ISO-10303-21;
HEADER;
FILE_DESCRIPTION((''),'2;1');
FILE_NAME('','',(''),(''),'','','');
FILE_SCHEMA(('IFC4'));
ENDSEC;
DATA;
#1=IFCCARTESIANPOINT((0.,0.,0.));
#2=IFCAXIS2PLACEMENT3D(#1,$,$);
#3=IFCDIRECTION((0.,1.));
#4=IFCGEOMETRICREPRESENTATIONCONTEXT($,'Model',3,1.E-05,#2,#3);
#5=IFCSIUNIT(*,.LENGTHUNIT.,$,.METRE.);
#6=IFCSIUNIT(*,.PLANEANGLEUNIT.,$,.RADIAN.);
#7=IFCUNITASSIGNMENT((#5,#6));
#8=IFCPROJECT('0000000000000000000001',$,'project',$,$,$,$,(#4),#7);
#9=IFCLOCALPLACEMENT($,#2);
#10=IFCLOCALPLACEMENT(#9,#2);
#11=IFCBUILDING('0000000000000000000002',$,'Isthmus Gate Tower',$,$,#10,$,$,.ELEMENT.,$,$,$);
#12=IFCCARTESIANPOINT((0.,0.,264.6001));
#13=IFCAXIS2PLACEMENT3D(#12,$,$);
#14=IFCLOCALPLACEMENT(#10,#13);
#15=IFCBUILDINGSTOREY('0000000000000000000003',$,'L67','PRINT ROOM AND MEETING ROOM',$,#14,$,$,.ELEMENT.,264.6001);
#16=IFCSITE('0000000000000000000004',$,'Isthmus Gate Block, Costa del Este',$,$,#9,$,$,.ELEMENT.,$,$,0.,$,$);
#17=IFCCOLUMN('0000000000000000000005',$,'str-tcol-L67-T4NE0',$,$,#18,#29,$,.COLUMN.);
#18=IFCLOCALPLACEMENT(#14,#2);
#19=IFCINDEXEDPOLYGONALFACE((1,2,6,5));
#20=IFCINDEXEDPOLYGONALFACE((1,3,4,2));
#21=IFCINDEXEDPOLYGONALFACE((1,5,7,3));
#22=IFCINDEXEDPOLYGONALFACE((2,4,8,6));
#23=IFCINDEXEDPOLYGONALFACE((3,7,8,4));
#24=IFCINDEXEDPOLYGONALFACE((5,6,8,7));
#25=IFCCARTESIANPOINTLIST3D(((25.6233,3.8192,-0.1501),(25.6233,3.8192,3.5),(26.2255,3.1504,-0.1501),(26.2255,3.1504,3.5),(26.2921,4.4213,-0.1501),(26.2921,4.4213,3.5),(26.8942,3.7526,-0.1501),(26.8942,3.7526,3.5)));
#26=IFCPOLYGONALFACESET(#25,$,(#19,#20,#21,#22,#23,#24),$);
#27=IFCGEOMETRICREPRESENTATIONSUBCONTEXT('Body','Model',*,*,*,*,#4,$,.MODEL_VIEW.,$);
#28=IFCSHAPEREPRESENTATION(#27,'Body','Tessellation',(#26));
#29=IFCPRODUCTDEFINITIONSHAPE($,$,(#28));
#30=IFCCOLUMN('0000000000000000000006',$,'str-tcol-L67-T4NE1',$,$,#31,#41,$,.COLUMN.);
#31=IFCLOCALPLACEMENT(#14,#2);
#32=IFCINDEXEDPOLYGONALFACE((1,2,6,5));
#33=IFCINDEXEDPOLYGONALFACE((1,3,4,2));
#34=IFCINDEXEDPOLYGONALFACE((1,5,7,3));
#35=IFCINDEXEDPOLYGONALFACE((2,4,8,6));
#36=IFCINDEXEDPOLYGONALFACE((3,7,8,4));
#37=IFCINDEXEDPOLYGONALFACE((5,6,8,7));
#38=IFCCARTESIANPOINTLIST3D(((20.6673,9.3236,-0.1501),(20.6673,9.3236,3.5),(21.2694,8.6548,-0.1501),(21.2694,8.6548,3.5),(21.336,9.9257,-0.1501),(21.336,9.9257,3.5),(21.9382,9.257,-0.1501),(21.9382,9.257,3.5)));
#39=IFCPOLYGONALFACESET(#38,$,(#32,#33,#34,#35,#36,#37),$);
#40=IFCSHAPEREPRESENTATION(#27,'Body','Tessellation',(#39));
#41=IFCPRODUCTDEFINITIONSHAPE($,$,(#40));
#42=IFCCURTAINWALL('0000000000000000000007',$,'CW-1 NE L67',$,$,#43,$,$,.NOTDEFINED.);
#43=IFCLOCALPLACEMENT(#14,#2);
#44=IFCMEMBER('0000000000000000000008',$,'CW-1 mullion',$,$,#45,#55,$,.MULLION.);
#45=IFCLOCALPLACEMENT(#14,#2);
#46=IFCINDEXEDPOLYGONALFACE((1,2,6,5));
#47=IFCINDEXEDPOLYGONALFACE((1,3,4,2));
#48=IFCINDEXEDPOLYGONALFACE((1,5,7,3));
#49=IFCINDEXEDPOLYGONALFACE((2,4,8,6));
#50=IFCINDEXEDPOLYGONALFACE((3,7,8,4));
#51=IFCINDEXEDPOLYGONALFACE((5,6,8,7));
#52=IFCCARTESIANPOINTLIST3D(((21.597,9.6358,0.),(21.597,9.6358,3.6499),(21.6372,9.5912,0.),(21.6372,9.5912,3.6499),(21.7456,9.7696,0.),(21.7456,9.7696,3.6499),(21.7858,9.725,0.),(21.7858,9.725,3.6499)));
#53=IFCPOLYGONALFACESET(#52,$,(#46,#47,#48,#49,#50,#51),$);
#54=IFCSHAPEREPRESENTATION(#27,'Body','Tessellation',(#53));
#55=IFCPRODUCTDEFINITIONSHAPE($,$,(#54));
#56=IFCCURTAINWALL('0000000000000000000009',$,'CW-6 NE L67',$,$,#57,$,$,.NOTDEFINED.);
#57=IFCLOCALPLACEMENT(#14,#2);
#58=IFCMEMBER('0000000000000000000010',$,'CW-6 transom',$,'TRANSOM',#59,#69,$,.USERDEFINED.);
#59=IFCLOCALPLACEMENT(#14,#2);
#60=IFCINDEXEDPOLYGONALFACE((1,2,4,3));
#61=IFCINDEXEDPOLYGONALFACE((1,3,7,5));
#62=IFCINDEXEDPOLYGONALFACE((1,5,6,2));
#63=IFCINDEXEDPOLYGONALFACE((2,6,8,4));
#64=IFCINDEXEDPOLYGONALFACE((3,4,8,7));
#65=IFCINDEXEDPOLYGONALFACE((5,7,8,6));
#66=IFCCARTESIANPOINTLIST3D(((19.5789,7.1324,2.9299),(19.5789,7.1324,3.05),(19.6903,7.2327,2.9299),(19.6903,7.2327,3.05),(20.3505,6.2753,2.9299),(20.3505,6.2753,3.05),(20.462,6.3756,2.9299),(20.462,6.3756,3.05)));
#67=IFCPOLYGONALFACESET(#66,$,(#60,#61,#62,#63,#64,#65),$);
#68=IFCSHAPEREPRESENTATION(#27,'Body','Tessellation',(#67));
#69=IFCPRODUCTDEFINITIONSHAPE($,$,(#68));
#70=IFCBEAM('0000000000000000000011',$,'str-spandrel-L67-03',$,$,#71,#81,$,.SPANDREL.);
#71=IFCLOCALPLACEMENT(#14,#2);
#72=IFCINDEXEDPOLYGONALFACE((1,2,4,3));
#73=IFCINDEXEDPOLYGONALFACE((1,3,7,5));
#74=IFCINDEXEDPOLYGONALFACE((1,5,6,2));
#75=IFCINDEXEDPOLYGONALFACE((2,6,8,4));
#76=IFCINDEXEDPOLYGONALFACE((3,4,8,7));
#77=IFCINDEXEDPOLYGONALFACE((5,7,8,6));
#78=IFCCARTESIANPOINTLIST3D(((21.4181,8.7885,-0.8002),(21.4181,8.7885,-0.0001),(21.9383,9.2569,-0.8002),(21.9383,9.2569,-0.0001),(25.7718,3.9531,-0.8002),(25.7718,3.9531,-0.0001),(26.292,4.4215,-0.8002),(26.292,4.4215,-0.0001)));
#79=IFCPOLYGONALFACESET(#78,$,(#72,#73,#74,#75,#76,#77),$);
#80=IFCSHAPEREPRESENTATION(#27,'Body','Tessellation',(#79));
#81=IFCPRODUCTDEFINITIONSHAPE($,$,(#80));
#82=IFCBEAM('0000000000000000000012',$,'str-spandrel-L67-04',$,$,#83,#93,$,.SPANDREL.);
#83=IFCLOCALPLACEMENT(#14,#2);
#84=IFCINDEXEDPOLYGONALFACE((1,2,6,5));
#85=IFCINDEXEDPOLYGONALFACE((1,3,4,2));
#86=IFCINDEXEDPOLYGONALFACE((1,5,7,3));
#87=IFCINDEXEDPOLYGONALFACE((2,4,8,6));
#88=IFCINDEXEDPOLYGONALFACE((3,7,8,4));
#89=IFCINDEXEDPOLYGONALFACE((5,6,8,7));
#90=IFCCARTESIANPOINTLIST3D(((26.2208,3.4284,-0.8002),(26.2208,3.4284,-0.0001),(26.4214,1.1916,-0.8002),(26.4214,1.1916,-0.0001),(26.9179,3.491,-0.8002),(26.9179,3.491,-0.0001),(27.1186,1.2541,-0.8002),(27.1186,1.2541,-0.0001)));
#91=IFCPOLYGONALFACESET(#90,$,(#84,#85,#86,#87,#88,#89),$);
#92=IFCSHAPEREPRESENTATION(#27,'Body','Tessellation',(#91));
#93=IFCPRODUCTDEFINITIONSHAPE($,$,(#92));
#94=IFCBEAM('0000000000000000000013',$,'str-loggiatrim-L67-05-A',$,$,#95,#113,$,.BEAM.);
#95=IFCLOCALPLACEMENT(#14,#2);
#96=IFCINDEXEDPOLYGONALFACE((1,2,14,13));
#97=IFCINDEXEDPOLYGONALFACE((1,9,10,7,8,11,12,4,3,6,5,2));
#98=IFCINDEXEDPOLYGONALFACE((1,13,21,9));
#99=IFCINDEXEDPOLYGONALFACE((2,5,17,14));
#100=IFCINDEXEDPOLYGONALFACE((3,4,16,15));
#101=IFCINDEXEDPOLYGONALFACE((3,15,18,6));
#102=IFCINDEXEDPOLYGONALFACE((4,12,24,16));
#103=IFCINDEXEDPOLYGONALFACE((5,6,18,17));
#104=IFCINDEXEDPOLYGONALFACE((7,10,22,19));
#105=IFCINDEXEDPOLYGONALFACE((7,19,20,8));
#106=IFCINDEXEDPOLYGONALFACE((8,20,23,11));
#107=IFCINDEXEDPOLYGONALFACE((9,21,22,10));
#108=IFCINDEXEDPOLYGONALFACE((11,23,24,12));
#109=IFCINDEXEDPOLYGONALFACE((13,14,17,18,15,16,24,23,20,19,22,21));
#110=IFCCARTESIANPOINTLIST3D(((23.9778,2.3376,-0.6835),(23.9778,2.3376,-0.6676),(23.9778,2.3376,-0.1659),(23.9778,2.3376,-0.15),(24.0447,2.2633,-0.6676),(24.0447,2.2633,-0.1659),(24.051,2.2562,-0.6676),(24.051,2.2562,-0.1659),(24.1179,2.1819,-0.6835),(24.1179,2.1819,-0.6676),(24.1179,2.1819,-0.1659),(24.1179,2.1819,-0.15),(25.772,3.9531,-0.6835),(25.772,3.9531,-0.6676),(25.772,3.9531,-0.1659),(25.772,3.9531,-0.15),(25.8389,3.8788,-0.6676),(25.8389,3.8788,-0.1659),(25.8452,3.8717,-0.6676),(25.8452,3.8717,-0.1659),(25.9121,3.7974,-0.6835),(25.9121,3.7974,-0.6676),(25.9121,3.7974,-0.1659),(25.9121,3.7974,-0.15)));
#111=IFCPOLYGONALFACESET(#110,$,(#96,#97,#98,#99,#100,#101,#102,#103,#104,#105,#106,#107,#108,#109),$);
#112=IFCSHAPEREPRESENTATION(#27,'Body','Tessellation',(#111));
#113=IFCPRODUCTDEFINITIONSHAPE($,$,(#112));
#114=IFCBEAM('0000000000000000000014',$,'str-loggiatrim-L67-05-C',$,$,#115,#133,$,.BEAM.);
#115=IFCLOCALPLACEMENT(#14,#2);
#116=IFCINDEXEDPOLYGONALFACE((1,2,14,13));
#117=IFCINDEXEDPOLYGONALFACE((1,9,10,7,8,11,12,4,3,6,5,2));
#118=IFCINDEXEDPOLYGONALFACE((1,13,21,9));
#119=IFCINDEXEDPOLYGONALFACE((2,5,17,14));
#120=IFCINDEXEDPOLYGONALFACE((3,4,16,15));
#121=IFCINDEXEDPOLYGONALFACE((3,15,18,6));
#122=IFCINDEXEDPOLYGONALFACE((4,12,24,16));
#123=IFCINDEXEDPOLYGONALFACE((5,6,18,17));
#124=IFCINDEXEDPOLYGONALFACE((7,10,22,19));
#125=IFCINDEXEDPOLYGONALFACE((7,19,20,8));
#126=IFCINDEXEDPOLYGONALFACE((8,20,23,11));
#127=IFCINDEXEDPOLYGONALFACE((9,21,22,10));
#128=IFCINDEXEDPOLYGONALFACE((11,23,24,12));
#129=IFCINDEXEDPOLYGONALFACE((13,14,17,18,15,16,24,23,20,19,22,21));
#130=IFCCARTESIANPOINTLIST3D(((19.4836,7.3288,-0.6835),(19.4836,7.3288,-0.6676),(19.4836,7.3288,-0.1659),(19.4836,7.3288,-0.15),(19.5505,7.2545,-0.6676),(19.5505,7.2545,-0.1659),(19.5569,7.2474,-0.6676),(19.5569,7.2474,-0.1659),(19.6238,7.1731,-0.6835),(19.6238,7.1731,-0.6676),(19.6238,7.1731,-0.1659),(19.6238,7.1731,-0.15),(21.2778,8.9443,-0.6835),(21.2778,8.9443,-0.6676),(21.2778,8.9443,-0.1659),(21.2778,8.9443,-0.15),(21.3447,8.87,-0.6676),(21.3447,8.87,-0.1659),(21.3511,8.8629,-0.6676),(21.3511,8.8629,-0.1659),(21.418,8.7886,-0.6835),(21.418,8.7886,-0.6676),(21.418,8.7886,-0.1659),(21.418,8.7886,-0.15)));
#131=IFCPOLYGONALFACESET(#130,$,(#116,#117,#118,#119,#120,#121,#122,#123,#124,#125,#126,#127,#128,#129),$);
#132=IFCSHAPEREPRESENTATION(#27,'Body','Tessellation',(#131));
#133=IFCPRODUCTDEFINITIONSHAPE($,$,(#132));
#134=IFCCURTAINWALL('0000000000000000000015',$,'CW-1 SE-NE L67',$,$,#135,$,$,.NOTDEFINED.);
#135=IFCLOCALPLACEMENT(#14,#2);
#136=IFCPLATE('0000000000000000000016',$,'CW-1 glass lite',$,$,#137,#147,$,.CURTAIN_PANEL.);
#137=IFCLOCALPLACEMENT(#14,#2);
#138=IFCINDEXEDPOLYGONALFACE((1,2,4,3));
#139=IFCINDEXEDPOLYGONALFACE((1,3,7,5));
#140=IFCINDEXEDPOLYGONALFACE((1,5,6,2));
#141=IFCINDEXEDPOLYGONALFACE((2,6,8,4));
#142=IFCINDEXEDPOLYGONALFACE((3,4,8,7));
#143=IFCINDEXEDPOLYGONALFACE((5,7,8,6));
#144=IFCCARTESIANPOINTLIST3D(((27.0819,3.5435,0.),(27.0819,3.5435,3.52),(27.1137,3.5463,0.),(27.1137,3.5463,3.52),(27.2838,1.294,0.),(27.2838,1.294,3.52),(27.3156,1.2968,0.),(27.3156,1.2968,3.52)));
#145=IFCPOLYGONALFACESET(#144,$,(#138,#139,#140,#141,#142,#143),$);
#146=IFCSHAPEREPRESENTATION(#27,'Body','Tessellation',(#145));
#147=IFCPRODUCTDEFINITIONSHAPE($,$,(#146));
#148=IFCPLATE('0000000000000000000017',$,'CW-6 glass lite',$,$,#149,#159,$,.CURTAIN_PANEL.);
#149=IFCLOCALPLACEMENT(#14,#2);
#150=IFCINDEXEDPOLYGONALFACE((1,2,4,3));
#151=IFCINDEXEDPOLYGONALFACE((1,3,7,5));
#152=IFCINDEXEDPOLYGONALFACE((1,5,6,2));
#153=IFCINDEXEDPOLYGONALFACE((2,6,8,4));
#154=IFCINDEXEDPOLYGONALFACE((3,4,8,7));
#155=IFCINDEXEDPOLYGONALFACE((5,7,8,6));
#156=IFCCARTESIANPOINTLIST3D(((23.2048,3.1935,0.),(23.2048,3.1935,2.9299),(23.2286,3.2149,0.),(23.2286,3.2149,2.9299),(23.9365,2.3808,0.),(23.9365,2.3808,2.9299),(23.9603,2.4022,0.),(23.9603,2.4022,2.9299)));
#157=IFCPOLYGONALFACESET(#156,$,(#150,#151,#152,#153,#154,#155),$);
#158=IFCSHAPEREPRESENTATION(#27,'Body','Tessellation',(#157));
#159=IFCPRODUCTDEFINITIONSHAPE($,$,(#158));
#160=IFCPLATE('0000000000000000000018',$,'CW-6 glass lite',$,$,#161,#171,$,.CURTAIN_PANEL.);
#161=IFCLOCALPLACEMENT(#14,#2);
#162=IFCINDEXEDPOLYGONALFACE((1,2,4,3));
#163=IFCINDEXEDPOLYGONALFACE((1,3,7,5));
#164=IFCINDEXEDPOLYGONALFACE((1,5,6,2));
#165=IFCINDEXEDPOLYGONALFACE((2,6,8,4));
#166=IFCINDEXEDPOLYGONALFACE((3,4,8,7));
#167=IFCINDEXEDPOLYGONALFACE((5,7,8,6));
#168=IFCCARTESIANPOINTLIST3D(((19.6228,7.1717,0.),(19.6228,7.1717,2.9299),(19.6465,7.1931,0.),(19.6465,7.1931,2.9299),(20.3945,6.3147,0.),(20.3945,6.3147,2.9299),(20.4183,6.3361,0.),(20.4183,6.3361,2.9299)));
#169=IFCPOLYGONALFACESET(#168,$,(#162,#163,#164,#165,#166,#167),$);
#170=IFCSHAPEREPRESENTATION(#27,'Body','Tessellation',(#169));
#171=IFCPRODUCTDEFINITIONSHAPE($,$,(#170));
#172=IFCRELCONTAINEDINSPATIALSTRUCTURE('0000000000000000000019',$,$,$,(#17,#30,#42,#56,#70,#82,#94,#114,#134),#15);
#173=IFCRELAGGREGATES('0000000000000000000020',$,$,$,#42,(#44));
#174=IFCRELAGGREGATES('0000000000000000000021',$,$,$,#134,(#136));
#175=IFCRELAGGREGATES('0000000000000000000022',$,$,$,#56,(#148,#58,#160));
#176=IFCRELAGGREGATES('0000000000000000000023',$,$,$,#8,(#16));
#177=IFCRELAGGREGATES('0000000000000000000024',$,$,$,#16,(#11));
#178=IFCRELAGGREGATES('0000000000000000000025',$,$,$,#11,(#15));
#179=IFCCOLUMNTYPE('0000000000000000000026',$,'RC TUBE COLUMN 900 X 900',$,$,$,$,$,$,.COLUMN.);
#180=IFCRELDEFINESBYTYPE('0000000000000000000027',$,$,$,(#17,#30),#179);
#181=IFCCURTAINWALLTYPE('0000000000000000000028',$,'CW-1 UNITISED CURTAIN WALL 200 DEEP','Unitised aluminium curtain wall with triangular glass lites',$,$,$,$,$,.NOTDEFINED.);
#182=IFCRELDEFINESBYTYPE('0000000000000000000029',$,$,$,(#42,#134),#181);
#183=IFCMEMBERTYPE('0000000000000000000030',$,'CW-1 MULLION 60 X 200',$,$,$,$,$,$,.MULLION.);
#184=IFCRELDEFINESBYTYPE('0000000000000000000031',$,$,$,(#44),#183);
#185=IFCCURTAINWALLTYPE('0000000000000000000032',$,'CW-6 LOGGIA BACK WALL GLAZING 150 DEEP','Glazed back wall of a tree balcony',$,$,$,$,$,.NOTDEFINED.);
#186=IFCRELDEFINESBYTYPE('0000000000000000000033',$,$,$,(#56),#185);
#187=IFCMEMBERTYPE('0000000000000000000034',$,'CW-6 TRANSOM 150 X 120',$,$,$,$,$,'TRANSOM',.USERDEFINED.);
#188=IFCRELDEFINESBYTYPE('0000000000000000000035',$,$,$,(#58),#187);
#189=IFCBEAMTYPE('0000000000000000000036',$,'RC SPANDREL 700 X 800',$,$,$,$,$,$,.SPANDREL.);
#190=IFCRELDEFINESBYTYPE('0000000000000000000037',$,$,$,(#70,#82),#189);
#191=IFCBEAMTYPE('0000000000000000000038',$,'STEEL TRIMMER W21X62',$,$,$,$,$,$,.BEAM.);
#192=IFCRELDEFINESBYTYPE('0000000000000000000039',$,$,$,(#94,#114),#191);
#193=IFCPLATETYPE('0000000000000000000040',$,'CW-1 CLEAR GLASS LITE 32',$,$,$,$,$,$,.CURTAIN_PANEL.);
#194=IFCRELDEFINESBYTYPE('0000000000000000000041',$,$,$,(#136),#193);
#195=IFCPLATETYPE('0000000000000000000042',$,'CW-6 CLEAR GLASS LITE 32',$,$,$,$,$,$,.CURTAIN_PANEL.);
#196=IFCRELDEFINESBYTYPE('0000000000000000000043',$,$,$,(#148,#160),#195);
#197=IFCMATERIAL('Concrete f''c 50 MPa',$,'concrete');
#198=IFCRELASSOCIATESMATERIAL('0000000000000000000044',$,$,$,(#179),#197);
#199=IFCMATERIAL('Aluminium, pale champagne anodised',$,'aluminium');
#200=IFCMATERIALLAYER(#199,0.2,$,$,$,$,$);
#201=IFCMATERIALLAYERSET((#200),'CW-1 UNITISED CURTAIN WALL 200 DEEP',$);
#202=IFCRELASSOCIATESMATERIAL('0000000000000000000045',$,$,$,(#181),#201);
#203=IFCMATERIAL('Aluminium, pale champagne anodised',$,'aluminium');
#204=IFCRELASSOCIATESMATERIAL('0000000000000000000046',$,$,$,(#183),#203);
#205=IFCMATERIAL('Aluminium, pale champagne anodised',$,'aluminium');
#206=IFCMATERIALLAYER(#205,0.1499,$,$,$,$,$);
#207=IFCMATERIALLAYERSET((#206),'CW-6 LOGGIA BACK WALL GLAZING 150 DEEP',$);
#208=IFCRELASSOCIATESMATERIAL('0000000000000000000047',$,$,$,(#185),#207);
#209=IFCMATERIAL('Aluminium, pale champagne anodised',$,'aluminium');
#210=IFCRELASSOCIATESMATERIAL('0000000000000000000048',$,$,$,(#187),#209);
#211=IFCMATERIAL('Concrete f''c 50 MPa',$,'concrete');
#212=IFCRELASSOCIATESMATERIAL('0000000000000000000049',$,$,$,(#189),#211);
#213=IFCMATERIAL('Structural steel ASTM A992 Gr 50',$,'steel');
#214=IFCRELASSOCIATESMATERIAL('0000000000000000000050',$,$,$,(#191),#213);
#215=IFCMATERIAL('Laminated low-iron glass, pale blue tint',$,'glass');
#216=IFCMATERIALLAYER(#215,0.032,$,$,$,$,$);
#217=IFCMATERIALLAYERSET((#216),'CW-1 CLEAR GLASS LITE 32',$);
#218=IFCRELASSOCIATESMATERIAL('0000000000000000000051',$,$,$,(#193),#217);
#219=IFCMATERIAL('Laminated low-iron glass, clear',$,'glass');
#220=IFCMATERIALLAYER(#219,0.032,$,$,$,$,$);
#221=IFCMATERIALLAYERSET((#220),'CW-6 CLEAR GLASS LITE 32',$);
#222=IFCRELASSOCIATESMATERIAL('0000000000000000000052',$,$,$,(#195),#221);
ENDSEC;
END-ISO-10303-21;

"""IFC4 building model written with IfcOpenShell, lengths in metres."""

from ifc_helpers import new_model, si_unit, direction, frame, origin, origin_2d, place, context, subcontext, project, spatial, rectangle, i_section, extrude, material, layer, layer_set, material_profile, profile_set, type_object, element, aggregate, save


model = new_model("IFC4")

# Units and contexts
model_context = context("Model", 3, precision=1e-05, world=origin(), true_north=direction((0.0, 1.0)))
body_context = subcontext(model_context, "Body", "Model", "MODEL_VIEW")
ifc_project = project(units=[si_unit("LENGTHUNIT", "METRE"), si_unit("PLANEANGLEUNIT", "RADIAN")], contexts=[model_context])

# Site, building, storey
site_placement = place(None, origin())
site = spatial("IfcSite", under=ifc_project, at=site_placement, Name="Isthmus Gate Block, Costa del Este", CompositionType="ELEMENT", RefElevation=0.0)
building_placement = place(site_placement, origin())
building = spatial("IfcBuilding", under=site, at=building_placement, Name="Isthmus Gate Tower", CompositionType="ELEMENT")
storey_placement = place(building_placement, frame((0.0, 0.0, 264.6001)))
storey = spatial("IfcBuildingStorey", under=building, at=storey_placement, Name="L67", Description="PRINT ROOM AND MEETING ROOM", CompositionType="ELEMENT", Elevation=264.6001)

# Columns
ifc_material_1 = material(Name="Concrete f'c 50 MPa", Category="concrete")
ifc_material_profile_1 = material_profile(ifc_material_1, rectangle(XDim=0.8999, YDim=0.8999, at=origin_2d()), Name="RC 900X900")
ifc_profile_set_1 = profile_set([ifc_material_profile_1], Name="Concrete f'c 50 MPa")
column_type = type_object("IfcColumnType", Name="RC TUBE COLUMN 900 X 900", PredefinedType="COLUMN", material=ifc_profile_set_1)
for number, where, z_axis, x_axis, name in (
    (1, (26.2588, 3.7859, -0.1501), (0.0, 0.0, 1.0), (-0.669131, 0.743145, 0.0), "str-tcol-L67-T4NE0"),
    (2, (21.3027, 9.2903, -0.1501), (0.0, 0.0, 1.0), (-0.669131, 0.743145, 0.0), "str-tcol-L67-T4NE1"),
):
    element("IfcColumn", number, at=place(storey_placement, frame(where, z_axis=z_axis, x_axis=x_axis)), inside=storey, type_object=column_type, Name=name, PredefinedType="COLUMN", context=body_context, shape_type="SweptSolid", body=[
        extrude(rectangle(XDim=0.8999, YDim=0.8999, at=origin_2d()), origin(), (0.0, 0.0, 1.0), 3.6501),
    ])

# Curtain walls, members
ifc_material_2 = material(Name="Aluminium, pale champagne anodised", Category="aluminium")
ifc_layer_1 = layer(ifc_material_2, 0.2)
ifc_layer_set_1 = layer_set([ifc_layer_1], Name="CW-1 UNITISED CURTAIN WALL 200 DEEP")
curtain_wall_type_1 = type_object("IfcCurtainWallType", Name="CW-1 UNITISED CURTAIN WALL 200 DEEP", Description="Unitised aluminium curtain wall with triangular glass lites", PredefinedType="NOTDEFINED", material=ifc_layer_set_1)
curtain_wall_1_placement = place(storey_placement, origin())
curtain_wall_1 = element("IfcCurtainWall", 3, at=curtain_wall_1_placement, inside=storey, type_object=curtain_wall_type_1, Name="CW-1 NE L67", PredefinedType="NOTDEFINED")
ifc_material_3 = material(Name="Aluminium, pale champagne anodised", Category="aluminium")
ifc_material_profile_2 = material_profile(ifc_material_3, rectangle(XDim=0.0601, YDim=0.2, at=origin_2d()), Name="60x200")
ifc_profile_set_2 = profile_set([ifc_material_profile_2], Name="Aluminium, pale champagne anodised")
member_type_1 = type_object("IfcMemberType", Name="CW-1 MULLION 60 X 200", PredefinedType="MULLION", material=ifc_profile_set_2)
member_1_placement = place(storey_placement, frame((21.6914, 9.6804, 0.0), z_axis=(0.0, 0.0, 1.0), x_axis=(-0.669131, 0.743145, 0.0)))
member_1 = element("IfcMember", 4, at=member_1_placement, type_object=member_type_1, Name="CW-1 mullion", PredefinedType="MULLION", context=body_context, shape_type="SweptSolid", body=[
    extrude(rectangle(XDim=0.0601, YDim=0.2, at=origin_2d()), origin(), (0.0, 0.0, 1.0), 3.6499),
])
aggregate(curtain_wall_1, [member_1])
ifc_material_4 = material(Name="Aluminium, pale champagne anodised", Category="aluminium")
ifc_layer_2 = layer(ifc_material_4, 0.1499)
ifc_layer_set_2 = layer_set([ifc_layer_2], Name="CW-6 LOGGIA BACK WALL GLAZING 150 DEEP")
curtain_wall_type_2 = type_object("IfcCurtainWallType", Name="CW-6 LOGGIA BACK WALL GLAZING 150 DEEP", Description="Glazed back wall of a tree balcony", PredefinedType="NOTDEFINED", material=ifc_layer_set_2)
curtain_wall_2_placement = place(storey_placement, origin())
curtain_wall_2 = element("IfcCurtainWall", 5, at=curtain_wall_2_placement, inside=storey, type_object=curtain_wall_type_2, Name="CW-6 NE L67", PredefinedType="NOTDEFINED")
ifc_material_5 = material(Name="Aluminium, pale champagne anodised", Category="aluminium")
ifc_material_profile_3 = material_profile(ifc_material_5, rectangle(XDim=0.1499, YDim=0.1201, at=origin_2d()), Name="150x120")
ifc_profile_set_3 = profile_set([ifc_material_profile_3], Name="Aluminium, pale champagne anodised")
member_type_2 = type_object("IfcMemberType", Name="CW-6 TRANSOM 150 X 120", ElementType="TRANSOM", PredefinedType="USERDEFINED", material=ifc_profile_set_3)
member_2_placement = place(storey_placement, frame((20.4062, 6.3254, 2.99), z_axis=(-0.669093, 0.743178, 0.0), x_axis=(-0.743178, -0.669093, 0.0)))
member_2 = element("IfcMember", 6, at=member_2_placement, type_object=member_type_2, Name="CW-6 transom", ObjectType="TRANSOM", PredefinedType="USERDEFINED", context=body_context, shape_type="SweptSolid", body=[
    extrude(rectangle(XDim=0.1499, YDim=0.1201, at=origin_2d()), origin(), (0.0, 0.0, 1.0), 1.1533),
])

# Beams
ifc_material_6 = material(Name="Concrete f'c 50 MPa", Category="concrete")
ifc_material_profile_4 = material_profile(ifc_material_6, rectangle(XDim=0.7, YDim=0.8, at=origin_2d()), Name="RC 700X800")
ifc_profile_set_4 = profile_set([ifc_material_profile_4], Name="Concrete f'c 50 MPa")
beam_type_1 = type_object("IfcBeamType", Name="RC SPANDREL 700 X 800", PredefinedType="SPANDREL", material=ifc_profile_set_4)
beam_1_placement = place(storey_placement, frame((21.6782, 9.0227, -0.4001), z_axis=(0.669122, -0.743152, 0.0), x_axis=(0.743152, 0.669122, 0.0)))
element("IfcBeam", 7, at=beam_1_placement, inside=storey, type_object=beam_type_1, Name="str-spandrel-L67-03", PredefinedType="SPANDREL", context=body_context, shape_type="SweptSolid", body=[
    extrude(rectangle(XDim=0.7, YDim=0.8, at=origin_2d()), origin(), (0.0, 0.0, 1.0), 6.5066),
])
beam_2_placement = place(storey_placement, frame((26.5693, 3.4597, -0.4001), z_axis=(0.089359, -0.995999, 0.0), x_axis=(0.995999, 0.089359, 0.0)))
element("IfcBeam", 8, at=beam_2_placement, inside=storey, type_object=beam_type_1, Name="str-spandrel-L67-04", PredefinedType="SPANDREL", context=body_context, shape_type="SweptSolid", body=[
    extrude(rectangle(XDim=0.7, YDim=0.8, at=origin_2d()), origin(), (0.0, 0.0, 1.0), 2.2458),
])
ifc_material_7 = material(Name="Structural steel ASTM A992 Gr 50", Category="steel")
ifc_material_profile_5 = material_profile(ifc_material_7, i_section(OverallWidth=0.2095, OverallDepth=0.5334, WebThickness=0.0095, FlangeThickness=0.0159, at=origin_2d()), Name="W21X62")
ifc_profile_set_5 = profile_set([ifc_material_profile_5], Name="Structural steel ASTM A992 Gr 50")
beam_type_2 = type_object("IfcBeamType", Name="STEEL TRIMMER W21X62", PredefinedType="BEAM", material=ifc_profile_set_5)
for number, where, z_axis, x_axis, name in (
    (9, (25.842, 3.8752, -0.4167), (-0.743148, -0.669127, 0.0), (0.669127, -0.743148, 0.0), "str-loggiatrim-L67-05-A"),
    (10, (21.3479, 8.8665, -0.4167), (-0.743148, -0.669127, 0.0), (0.669127, -0.743148, 0.0), "str-loggiatrim-L67-05-C"),
):
    element("IfcBeam", number, at=place(storey_placement, frame(where, z_axis=z_axis, x_axis=x_axis)), inside=storey, type_object=beam_type_2, Name=name, PredefinedType="BEAM", context=body_context, shape_type="SweptSolid", body=[
        extrude(i_section(OverallWidth=0.2095, OverallDepth=0.5334, WebThickness=0.0095, FlangeThickness=0.0159, at=origin_2d()), origin(), (0.0, 0.0, 1.0), 2.4143),
    ])

# Curtain wall, plate
curtain_wall_3_placement = place(storey_placement, origin())
curtain_wall_3 = element("IfcCurtainWall", 11, at=curtain_wall_3_placement, inside=storey, type_object=curtain_wall_type_1, Name="CW-1 SE-NE L67", PredefinedType="NOTDEFINED")
ifc_material_8 = material(Name="Laminated low-iron glass, pale blue tint", Category="glass")
ifc_layer_3 = layer(ifc_material_8, 0.032)
ifc_layer_set_3 = layer_set([ifc_layer_3], Name="CW-1 CLEAR GLASS LITE 32")
plate_type_1 = type_object("IfcPlateType", Name="CW-1 CLEAR GLASS LITE 32", PredefinedType="CURTAIN_PANEL", material=ifc_layer_set_3)
plate_1_placement = place(storey_placement, frame((27.1987, 2.4202, 0.0), z_axis=(0.0, 0.0, 1.0), x_axis=(-0.089397, 0.995996, 0.0)))
plate_1 = element("IfcPlate", 12, at=plate_1_placement, type_object=plate_type_1, Name="CW-1 glass lite", PredefinedType="CURTAIN_PANEL", context=body_context, shape_type="SweptSolid", body=[
    extrude(rectangle(XDim=2.2585, YDim=0.032, at=origin_2d()), origin(), (0.0, 0.0, 1.0), 3.52),
])
aggregate(curtain_wall_3, [plate_1])

# Plates
ifc_material_9 = material(Name="Laminated low-iron glass, clear", Category="glass")
ifc_layer_4 = layer(ifc_material_9, 0.032)
ifc_layer_set_4 = layer_set([ifc_layer_4], Name="CW-6 CLEAR GLASS LITE 32")
plate_type_2 = type_object("IfcPlateType", Name="CW-6 CLEAR GLASS LITE 32", PredefinedType="CURTAIN_PANEL", material=ifc_layer_set_4)
plate_2_placement = place(storey_placement, frame((23.5825, 2.7979, 0.0), z_axis=(0.0, 0.0, 1.0), x_axis=(-0.669131, 0.743145, 0.0)))
plate_2 = element("IfcPlate", 13, at=plate_2_placement, type_object=plate_type_2, Name="CW-6 glass lite", PredefinedType="CURTAIN_PANEL", context=body_context, shape_type="SweptSolid", body=[
    extrude(rectangle(XDim=1.0935, YDim=0.032, at=origin_2d()), origin(), (0.0, 0.0, 1.0), 2.9299),
])
plate_3_placement = place(storey_placement, frame((20.0205, 6.7539, 0.0), z_axis=(0.0, 0.0, 1.0), x_axis=(-0.669131, 0.743145, 0.0)))
plate_3 = element("IfcPlate", 14, at=plate_3_placement, type_object=plate_type_2, Name="CW-6 glass lite", PredefinedType="CURTAIN_PANEL", context=body_context, shape_type="SweptSolid", body=[
    extrude(rectangle(XDim=1.1533, YDim=0.032, at=origin_2d()), origin(), (0.0, 0.0, 1.0), 2.9299),
])
aggregate(curtain_wall_2, [plate_2, member_2, plate_3])

save(model, "model.ifc")
